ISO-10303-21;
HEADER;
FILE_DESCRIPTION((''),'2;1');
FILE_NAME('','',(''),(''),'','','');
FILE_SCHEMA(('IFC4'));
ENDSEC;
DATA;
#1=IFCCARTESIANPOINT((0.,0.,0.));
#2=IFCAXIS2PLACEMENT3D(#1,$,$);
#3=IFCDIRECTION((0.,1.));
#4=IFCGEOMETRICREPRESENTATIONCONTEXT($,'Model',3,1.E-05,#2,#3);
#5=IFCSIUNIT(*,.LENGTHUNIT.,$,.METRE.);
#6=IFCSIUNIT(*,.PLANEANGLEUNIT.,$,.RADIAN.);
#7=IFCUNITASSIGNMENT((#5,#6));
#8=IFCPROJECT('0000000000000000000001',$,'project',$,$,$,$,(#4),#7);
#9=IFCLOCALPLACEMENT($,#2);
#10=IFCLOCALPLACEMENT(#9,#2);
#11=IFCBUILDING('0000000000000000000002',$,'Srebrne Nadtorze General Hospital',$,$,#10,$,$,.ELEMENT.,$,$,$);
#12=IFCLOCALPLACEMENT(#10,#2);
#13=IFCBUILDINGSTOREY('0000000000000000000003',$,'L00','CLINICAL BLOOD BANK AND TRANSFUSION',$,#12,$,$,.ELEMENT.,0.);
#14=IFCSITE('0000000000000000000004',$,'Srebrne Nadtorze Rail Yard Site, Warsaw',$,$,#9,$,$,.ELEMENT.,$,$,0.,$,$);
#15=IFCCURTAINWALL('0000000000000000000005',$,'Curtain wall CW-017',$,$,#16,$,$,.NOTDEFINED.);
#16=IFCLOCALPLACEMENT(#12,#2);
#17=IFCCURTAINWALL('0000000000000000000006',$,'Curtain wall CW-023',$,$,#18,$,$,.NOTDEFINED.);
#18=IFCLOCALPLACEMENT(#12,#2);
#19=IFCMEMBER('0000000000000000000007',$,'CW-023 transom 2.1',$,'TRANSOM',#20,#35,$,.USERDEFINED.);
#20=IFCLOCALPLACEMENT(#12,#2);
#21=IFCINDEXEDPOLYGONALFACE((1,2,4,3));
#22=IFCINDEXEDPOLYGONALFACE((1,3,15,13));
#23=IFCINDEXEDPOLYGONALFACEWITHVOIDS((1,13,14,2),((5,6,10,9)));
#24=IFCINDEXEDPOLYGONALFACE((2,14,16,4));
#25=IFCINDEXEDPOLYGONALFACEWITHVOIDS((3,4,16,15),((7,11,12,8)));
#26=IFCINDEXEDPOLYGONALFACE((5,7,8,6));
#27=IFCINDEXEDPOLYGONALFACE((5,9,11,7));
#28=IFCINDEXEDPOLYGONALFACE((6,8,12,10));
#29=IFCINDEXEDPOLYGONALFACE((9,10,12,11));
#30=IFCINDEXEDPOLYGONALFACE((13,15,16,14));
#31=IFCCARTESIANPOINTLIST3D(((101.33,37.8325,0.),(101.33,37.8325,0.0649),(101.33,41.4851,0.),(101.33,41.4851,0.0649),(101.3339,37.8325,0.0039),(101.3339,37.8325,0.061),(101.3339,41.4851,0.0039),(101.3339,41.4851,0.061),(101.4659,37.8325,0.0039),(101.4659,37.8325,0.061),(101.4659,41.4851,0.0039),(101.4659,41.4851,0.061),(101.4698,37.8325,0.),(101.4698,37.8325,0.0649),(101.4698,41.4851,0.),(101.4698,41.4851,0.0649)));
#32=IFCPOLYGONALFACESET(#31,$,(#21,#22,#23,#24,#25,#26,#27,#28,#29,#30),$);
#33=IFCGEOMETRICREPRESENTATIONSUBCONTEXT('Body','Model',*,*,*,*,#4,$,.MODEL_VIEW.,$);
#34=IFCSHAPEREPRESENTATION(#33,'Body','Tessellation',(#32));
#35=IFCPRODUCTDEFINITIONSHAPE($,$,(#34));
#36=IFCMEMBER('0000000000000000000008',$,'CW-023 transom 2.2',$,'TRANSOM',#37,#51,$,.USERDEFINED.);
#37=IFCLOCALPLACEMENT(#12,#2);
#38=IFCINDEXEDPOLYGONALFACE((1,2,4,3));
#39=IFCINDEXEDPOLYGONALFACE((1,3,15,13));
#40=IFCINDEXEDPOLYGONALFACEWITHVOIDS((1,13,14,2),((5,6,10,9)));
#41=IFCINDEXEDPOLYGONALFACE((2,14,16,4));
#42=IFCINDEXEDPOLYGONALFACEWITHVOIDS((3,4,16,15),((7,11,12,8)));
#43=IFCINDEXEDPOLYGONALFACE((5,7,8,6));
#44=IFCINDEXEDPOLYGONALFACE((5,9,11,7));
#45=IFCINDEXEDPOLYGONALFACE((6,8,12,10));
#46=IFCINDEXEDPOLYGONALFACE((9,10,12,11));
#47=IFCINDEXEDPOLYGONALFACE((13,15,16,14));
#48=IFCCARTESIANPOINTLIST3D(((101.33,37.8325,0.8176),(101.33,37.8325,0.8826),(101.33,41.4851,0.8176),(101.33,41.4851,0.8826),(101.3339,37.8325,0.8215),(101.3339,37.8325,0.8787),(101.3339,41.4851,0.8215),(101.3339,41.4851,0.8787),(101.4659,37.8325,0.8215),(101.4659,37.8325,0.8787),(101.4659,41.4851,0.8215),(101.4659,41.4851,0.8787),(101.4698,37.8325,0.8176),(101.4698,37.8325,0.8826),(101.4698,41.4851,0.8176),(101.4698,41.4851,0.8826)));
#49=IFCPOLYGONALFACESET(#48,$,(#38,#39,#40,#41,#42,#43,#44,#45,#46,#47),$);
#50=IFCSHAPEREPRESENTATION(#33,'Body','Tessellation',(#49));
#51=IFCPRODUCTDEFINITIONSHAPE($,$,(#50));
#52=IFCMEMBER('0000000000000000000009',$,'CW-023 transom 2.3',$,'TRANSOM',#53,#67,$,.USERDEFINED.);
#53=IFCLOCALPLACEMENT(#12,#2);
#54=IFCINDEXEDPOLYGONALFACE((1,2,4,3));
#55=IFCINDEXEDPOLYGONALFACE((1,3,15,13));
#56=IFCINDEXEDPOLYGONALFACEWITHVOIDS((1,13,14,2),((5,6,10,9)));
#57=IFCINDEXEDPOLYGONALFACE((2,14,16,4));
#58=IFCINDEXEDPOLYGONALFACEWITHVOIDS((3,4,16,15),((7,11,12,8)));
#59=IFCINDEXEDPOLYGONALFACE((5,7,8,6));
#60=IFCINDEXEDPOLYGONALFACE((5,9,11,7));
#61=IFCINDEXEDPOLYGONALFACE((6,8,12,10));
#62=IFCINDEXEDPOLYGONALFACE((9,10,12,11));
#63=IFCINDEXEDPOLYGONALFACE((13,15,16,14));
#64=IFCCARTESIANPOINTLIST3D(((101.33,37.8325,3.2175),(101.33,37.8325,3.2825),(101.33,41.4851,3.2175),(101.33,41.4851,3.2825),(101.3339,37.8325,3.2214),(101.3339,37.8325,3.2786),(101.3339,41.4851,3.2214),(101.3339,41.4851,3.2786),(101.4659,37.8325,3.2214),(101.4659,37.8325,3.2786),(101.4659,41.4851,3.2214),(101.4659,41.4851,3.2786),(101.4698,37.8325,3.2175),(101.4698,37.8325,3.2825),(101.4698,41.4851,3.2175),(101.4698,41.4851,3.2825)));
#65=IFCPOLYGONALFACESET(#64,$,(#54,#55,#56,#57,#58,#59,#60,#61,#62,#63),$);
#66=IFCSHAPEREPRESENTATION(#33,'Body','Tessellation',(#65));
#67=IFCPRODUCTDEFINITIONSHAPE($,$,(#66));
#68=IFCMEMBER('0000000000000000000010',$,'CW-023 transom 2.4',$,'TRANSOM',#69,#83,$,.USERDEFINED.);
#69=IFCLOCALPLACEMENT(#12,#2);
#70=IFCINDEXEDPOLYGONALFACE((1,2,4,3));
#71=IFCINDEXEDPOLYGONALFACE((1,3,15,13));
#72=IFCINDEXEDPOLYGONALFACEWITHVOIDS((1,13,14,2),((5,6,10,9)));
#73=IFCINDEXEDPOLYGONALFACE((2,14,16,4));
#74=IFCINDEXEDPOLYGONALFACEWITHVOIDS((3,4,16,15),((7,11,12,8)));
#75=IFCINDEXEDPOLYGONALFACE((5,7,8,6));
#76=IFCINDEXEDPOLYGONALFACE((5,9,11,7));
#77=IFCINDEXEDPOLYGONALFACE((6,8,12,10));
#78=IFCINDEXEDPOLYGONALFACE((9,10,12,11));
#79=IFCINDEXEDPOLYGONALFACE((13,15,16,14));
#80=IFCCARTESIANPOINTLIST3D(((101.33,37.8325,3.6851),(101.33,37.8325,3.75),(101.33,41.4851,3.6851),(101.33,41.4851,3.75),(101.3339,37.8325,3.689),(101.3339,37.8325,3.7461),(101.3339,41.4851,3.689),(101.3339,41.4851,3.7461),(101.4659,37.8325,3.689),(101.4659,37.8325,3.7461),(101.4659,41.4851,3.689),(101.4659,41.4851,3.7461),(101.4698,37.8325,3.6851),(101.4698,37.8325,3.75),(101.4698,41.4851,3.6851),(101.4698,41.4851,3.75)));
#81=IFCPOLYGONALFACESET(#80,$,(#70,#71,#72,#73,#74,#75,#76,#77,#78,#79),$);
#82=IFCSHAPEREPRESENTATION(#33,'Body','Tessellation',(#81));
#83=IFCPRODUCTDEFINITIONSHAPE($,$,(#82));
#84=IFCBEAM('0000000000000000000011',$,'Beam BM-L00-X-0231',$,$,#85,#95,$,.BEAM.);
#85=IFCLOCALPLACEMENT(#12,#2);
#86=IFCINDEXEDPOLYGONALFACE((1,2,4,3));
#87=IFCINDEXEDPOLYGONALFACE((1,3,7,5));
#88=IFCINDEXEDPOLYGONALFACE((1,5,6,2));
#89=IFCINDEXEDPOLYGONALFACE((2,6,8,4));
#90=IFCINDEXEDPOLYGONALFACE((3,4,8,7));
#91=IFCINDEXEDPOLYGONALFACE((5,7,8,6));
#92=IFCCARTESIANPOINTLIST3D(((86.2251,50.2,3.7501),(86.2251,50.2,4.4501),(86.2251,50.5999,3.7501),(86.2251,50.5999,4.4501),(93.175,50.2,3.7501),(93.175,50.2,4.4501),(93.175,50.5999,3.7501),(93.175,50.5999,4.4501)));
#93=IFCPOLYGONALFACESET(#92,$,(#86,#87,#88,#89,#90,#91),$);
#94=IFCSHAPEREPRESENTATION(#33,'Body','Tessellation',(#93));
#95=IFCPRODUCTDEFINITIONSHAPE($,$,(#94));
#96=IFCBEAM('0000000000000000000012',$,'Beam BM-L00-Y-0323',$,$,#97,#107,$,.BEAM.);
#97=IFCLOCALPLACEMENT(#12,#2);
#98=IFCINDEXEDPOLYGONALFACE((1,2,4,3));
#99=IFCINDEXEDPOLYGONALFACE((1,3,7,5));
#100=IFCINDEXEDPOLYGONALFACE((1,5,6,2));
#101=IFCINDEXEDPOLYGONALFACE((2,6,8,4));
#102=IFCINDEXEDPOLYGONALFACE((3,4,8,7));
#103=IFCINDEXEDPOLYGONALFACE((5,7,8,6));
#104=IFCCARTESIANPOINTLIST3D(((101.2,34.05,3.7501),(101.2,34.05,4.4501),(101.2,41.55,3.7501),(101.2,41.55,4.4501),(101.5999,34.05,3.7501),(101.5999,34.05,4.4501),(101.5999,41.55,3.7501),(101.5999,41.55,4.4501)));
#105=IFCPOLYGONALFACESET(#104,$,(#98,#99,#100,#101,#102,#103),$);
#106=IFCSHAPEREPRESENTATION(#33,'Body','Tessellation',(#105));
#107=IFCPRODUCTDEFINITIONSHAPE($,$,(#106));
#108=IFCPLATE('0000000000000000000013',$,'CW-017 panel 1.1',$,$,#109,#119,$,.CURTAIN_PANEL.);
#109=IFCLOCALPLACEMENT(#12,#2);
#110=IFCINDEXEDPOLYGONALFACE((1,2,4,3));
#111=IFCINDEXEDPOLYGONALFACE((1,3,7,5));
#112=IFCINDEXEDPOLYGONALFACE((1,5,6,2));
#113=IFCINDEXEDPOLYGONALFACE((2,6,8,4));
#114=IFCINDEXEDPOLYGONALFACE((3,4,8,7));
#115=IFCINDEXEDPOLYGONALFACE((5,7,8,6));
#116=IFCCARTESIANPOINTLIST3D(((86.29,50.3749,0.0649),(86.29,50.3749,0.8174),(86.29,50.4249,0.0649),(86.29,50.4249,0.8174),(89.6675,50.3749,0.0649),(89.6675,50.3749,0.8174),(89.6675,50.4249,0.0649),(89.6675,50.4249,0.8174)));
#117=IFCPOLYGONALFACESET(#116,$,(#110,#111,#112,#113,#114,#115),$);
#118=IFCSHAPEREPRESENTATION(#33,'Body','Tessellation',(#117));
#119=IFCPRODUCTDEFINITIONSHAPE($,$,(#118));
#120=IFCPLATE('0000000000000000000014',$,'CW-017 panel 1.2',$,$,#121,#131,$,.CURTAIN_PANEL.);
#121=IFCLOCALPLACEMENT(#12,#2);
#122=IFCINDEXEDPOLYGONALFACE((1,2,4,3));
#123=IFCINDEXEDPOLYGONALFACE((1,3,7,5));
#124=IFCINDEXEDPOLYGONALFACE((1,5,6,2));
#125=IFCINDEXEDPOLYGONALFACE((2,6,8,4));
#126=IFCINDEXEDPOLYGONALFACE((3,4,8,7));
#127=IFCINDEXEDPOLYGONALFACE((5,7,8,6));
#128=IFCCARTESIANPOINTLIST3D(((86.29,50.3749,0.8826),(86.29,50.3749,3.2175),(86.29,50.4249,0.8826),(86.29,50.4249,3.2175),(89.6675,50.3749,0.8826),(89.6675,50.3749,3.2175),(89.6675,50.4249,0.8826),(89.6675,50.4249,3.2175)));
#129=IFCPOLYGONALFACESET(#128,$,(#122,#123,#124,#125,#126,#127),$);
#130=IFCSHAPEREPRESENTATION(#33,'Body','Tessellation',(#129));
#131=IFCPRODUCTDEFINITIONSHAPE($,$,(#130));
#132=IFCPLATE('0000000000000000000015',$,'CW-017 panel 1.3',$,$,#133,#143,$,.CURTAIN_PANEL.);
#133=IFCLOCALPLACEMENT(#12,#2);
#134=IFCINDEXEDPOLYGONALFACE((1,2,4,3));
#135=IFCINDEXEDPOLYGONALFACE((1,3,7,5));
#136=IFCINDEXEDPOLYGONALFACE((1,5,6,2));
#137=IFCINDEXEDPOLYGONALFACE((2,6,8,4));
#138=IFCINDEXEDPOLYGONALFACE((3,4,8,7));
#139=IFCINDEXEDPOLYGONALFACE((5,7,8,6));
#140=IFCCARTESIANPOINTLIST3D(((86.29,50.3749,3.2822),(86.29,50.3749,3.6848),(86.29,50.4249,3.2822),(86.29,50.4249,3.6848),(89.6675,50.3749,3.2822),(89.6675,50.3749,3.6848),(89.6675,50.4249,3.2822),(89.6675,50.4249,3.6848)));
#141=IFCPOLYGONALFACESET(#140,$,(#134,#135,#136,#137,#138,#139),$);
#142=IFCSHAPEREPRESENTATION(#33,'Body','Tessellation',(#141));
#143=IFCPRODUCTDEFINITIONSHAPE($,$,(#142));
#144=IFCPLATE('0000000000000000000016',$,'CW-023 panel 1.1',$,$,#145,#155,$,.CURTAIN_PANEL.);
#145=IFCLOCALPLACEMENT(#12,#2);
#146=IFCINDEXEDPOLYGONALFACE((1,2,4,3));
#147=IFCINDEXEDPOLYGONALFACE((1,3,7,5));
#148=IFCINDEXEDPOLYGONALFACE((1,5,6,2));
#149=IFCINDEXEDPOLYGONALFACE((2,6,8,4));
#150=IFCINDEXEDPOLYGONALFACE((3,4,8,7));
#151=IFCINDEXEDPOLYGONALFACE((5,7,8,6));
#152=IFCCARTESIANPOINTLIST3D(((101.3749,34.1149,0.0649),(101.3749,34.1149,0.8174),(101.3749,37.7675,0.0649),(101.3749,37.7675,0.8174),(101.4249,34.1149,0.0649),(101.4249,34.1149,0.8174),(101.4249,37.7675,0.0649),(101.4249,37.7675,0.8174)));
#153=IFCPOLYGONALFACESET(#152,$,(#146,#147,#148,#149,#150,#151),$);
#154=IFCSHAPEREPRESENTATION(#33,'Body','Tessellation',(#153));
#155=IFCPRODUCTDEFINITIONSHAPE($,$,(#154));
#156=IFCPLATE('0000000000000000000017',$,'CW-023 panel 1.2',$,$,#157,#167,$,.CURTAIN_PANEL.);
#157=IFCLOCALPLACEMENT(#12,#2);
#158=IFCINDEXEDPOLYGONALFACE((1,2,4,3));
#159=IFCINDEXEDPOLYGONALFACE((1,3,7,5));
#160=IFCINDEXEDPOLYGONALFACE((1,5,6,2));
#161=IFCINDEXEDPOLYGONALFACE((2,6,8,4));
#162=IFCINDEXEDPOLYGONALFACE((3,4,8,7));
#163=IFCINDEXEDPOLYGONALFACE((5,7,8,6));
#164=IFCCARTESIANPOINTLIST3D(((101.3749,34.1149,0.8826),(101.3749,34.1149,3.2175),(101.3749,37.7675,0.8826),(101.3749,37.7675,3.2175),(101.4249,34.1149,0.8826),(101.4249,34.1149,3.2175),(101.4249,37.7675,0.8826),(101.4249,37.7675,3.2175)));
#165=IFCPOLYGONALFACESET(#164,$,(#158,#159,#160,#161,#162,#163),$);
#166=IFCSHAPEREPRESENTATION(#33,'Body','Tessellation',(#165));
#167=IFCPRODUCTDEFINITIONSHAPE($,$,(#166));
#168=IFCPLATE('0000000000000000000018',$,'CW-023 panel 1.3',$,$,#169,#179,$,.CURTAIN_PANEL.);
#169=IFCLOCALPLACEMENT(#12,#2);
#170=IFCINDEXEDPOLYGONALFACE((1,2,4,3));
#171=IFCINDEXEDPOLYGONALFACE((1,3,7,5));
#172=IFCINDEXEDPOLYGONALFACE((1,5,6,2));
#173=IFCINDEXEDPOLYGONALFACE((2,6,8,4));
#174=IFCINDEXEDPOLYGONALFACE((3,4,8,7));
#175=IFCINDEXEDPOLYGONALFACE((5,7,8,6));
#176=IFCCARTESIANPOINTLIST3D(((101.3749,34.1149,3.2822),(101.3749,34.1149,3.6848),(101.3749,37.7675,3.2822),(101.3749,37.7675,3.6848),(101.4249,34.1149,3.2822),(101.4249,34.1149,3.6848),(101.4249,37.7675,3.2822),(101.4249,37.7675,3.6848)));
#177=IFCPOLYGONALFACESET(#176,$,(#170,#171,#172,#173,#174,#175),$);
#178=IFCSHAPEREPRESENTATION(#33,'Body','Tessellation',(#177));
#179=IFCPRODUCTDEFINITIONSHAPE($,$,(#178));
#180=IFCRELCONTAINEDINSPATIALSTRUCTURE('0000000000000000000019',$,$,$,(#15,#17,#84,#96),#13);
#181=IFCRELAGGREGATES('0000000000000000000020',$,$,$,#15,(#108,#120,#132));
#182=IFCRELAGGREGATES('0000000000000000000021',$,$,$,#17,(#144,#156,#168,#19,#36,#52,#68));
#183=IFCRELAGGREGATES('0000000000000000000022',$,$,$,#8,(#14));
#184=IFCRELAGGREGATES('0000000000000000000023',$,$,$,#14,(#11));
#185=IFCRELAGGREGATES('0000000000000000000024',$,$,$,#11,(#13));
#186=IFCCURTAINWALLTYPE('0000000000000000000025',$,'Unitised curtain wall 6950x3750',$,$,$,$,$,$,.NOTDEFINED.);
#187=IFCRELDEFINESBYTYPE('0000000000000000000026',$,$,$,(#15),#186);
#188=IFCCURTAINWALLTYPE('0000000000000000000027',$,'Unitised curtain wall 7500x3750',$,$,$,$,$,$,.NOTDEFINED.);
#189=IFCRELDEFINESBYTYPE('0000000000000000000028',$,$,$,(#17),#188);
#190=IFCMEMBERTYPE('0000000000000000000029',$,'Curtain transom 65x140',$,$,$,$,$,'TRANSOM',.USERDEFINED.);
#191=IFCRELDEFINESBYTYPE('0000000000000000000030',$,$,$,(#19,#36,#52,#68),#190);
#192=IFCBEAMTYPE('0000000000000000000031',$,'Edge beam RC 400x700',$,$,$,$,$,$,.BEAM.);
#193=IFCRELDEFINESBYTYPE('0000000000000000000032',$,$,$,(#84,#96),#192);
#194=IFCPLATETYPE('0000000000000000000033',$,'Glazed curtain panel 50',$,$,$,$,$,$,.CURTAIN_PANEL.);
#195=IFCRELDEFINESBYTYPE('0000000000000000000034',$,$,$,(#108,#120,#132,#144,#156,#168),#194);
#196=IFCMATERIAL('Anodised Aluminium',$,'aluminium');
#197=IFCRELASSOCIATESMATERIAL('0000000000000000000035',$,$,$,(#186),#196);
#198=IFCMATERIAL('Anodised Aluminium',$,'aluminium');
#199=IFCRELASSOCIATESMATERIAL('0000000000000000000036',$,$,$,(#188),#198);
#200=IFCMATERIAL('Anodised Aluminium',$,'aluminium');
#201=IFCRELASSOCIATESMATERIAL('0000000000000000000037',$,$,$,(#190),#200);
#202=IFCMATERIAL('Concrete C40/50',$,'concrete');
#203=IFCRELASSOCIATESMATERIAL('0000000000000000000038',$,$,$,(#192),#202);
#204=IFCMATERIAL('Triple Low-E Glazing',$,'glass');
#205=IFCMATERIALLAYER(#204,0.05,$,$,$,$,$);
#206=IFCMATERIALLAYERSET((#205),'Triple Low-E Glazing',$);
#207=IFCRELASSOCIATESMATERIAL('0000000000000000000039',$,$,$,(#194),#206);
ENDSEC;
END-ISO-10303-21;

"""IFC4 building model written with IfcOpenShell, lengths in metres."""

from ifc_helpers import new_model, si_unit, direction, frame, origin, origin_2d, place, context, subcontext, project, spatial, rectangle, hollow_rectangle, extrude, material, layer, layer_set, material_profile, profile_set, type_object, element, aggregate, save


model = new_model("IFC4")

# Units and contexts
model_context = context("Model", 3, precision=1e-05, world=origin(), true_north=direction((0.0, 1.0)))
body_context = subcontext(model_context, "Body", "Model", "MODEL_VIEW")
ifc_project = project(units=[si_unit("LENGTHUNIT", "METRE"), si_unit("PLANEANGLEUNIT", "RADIAN")], contexts=[model_context])

# Site, building, storey
site_placement = place(None, origin())
site = spatial("IfcSite", under=ifc_project, at=site_placement, Name="Srebrne Nadtorze Rail Yard Site, Warsaw", CompositionType="ELEMENT", RefElevation=0.0)
building_placement = place(site_placement, origin())
building = spatial("IfcBuilding", under=site, at=building_placement, Name="Srebrne Nadtorze General Hospital", CompositionType="ELEMENT")
storey_placement = place(building_placement, origin())
storey = spatial("IfcBuildingStorey", under=building, at=storey_placement, Name="L00", Description="CLINICAL BLOOD BANK AND TRANSFUSION", CompositionType="ELEMENT", Elevation=0.0)

# Curtain wall
ifc_material_1 = material(Name="Anodised Aluminium", Category="aluminium")
curtain_wall_type_1 = type_object("IfcCurtainWallType", Name="Unitised curtain wall 6950x3750", PredefinedType="NOTDEFINED", material=ifc_material_1)
curtain_wall_1_placement = place(storey_placement, origin())
curtain_wall_1 = element("IfcCurtainWall", 1, at=curtain_wall_1_placement, inside=storey, type_object=curtain_wall_type_1, Name="Curtain wall CW-017", PredefinedType="NOTDEFINED")

# Curtain wall
ifc_material_2 = material(Name="Anodised Aluminium", Category="aluminium")
curtain_wall_type_2 = type_object("IfcCurtainWallType", Name="Unitised curtain wall 7500x3750", PredefinedType="NOTDEFINED", material=ifc_material_2)
curtain_wall_2_placement = place(storey_placement, origin())
curtain_wall_2 = element("IfcCurtainWall", 2, at=curtain_wall_2_placement, inside=storey, type_object=curtain_wall_type_2, Name="Curtain wall CW-023", PredefinedType="NOTDEFINED")

# Members
ifc_material_3 = material(Name="Anodised Aluminium", Category="aluminium")
ifc_material_profile_1 = material_profile(ifc_material_3, hollow_rectangle(XDim=0.0649, YDim=0.1399, WallThickness=0.0039, at=origin_2d()), Name="AL-TRN-65x140")
ifc_profile_set_1 = profile_set([ifc_material_profile_1], Name="Anodised Aluminium")
member_type_1 = type_object("IfcMemberType", Name="Curtain transom 65x140", ElementType="TRANSOM", PredefinedType="USERDEFINED", material=ifc_profile_set_1)
member_1_placement = place(storey_placement, frame((101.3999, 37.8325, 0.0325), z_axis=(0.0, 1.0, 0.0), x_axis=(0.0, 0.0, 1.0)))
member_1 = element("IfcMember", 3, at=member_1_placement, type_object=member_type_1, Name="CW-023 transom 2.1", ObjectType="TRANSOM", PredefinedType="USERDEFINED", context=body_context, shape_type="SweptSolid", body=[
    extrude(hollow_rectangle(XDim=0.0649, YDim=0.1399, WallThickness=0.0039, at=origin_2d()), origin(), (0.0, 0.0, 1.0), 3.6526),
])
member_2_placement = place(storey_placement, frame((101.3999, 37.8325, 0.8501), z_axis=(0.0, 1.0, 0.0), x_axis=(0.0, 0.0, 1.0)))
member_2 = element("IfcMember", 4, at=member_2_placement, type_object=member_type_1, Name="CW-023 transom 2.2", ObjectType="TRANSOM", PredefinedType="USERDEFINED", context=body_context, shape_type="SweptSolid", body=[
    extrude(hollow_rectangle(XDim=0.0649, YDim=0.1399, WallThickness=0.0039, at=origin_2d()), origin(), (0.0, 0.0, 1.0), 3.6526),
])
member_3_placement = place(storey_placement, frame((101.3999, 37.8325, 3.25), z_axis=(0.0, 1.0, 0.0), x_axis=(0.0, 0.0, 1.0)))
member_3 = element("IfcMember", 5, at=member_3_placement, type_object=member_type_1, Name="CW-023 transom 2.3", ObjectType="TRANSOM", PredefinedType="USERDEFINED", context=body_context, shape_type="SweptSolid", body=[
    extrude(hollow_rectangle(XDim=0.0649, YDim=0.1399, WallThickness=0.0039, at=origin_2d()), origin(), (0.0, 0.0, 1.0), 3.6526),
])
member_4_placement = place(storey_placement, frame((101.3999, 37.8325, 3.7175), z_axis=(0.0, 1.0, 0.0), x_axis=(0.0, 0.0, 1.0)))
member_4 = element("IfcMember", 6, at=member_4_placement, type_object=member_type_1, Name="CW-023 transom 2.4", ObjectType="TRANSOM", PredefinedType="USERDEFINED", context=body_context, shape_type="SweptSolid", body=[
    extrude(hollow_rectangle(XDim=0.0649, YDim=0.1399, WallThickness=0.0039, at=origin_2d()), origin(), (0.0, 0.0, 1.0), 3.6526),
])

# Beams
ifc_material_4 = material(Name="Concrete C40/50", Category="concrete")
ifc_material_profile_2 = material_profile(ifc_material_4, rectangle(XDim=0.3999, YDim=0.7, at=origin_2d()), Name="RC-BM-400x700")
ifc_profile_set_2 = profile_set([ifc_material_profile_2], Name="Concrete C40/50")
beam_type = type_object("IfcBeamType", Name="Edge beam RC 400x700", PredefinedType="BEAM", material=ifc_profile_set_2)
beam_1_placement = place(storey_placement, frame((86.2251, 50.3999, 4.1001), z_axis=(1.0, 0.0, 0.0), x_axis=(0.0, 1.0, 0.0)))
element("IfcBeam", 7, at=beam_1_placement, inside=storey, type_object=beam_type, Name="Beam BM-L00-X-0231", PredefinedType="BEAM", context=body_context, shape_type="SweptSolid", body=[
    extrude(rectangle(XDim=0.3999, YDim=0.7, at=origin_2d()), origin(), (0.0, 0.0, 1.0), 6.95),
])
beam_2_placement = place(storey_placement, frame((101.3999, 34.05, 4.1001), z_axis=(0.0, 1.0, 0.0), x_axis=(-1.0, 0.0, 0.0)))
element("IfcBeam", 8, at=beam_2_placement, inside=storey, type_object=beam_type, Name="Beam BM-L00-Y-0323", PredefinedType="BEAM", context=body_context, shape_type="SweptSolid", body=[
    extrude(rectangle(XDim=0.3999, YDim=0.7, at=origin_2d()), origin(), (0.0, 0.0, 1.0), 7.5),
])

# Plates
ifc_material_5 = material(Name="Triple Low-E Glazing", Category="glass")
ifc_layer = layer(ifc_material_5, 0.05)
ifc_layer_set = layer_set([ifc_layer], Name="Triple Low-E Glazing")
plate_type = type_object("IfcPlateType", Name="Glazed curtain panel 50", PredefinedType="CURTAIN_PANEL", material=ifc_layer_set)
plate_1_placement = place(storey_placement, frame((87.9788, 50.3999, 0.0649), z_axis=(0.0, 0.0, 1.0), x_axis=(1.0, 0.0, 0.0)))
plate_1 = element("IfcPlate", 9, at=plate_1_placement, type_object=plate_type, Name="CW-017 panel 1.1", PredefinedType="CURTAIN_PANEL", context=body_context, shape_type="SweptSolid", body=[
    extrude(rectangle(XDim=3.3774, YDim=0.05, at=origin_2d()), origin(), (0.0, 0.0, 1.0), 0.7524),
])
plate_2_placement = place(storey_placement, frame((87.9788, 50.3999, 0.8826), z_axis=(0.0, 0.0, 1.0), x_axis=(1.0, 0.0, 0.0)))
plate_2 = element("IfcPlate", 10, at=plate_2_placement, type_object=plate_type, Name="CW-017 panel 1.2", PredefinedType="CURTAIN_PANEL", context=body_context, shape_type="SweptSolid", body=[
    extrude(rectangle(XDim=3.3774, YDim=0.05, at=origin_2d()), origin(), (0.0, 0.0, 1.0), 2.335),
])
plate_3_placement = place(storey_placement, frame((87.9788, 50.3999, 3.2822), z_axis=(0.0, 0.0, 1.0), x_axis=(1.0, 0.0, 0.0)))
plate_3 = element("IfcPlate", 11, at=plate_3_placement, type_object=plate_type, Name="CW-017 panel 1.3", PredefinedType="CURTAIN_PANEL", context=body_context, shape_type="SweptSolid", body=[
    extrude(rectangle(XDim=3.3774, YDim=0.05, at=origin_2d()), origin(), (0.0, 0.0, 1.0), 0.4026),
])
aggregate(curtain_wall_1, [plate_1, plate_2, plate_3])
plate_4_placement = place(storey_placement, frame((101.3999, 35.9412, 0.0649), z_axis=(0.0, 0.0, 1.0), x_axis=(0.0, 1.0, 0.0)))
plate_4 = element("IfcPlate", 12, at=plate_4_placement, type_object=plate_type, Name="CW-023 panel 1.1", PredefinedType="CURTAIN_PANEL", context=body_context, shape_type="SweptSolid", body=[
    extrude(rectangle(XDim=3.6526, YDim=0.05, at=origin_2d()), origin(), (0.0, 0.0, 1.0), 0.7524),
])
plate_5_placement = place(storey_placement, frame((101.3999, 35.9412, 0.8826), z_axis=(0.0, 0.0, 1.0), x_axis=(0.0, 1.0, 0.0)))
plate_5 = element("IfcPlate", 13, at=plate_5_placement, type_object=plate_type, Name="CW-023 panel 1.2", PredefinedType="CURTAIN_PANEL", context=body_context, shape_type="SweptSolid", body=[
    extrude(rectangle(XDim=3.6526, YDim=0.05, at=origin_2d()), origin(), (0.0, 0.0, 1.0), 2.335),
])
plate_6_placement = place(storey_placement, frame((101.3999, 35.9412, 3.2822), z_axis=(0.0, 0.0, 1.0), x_axis=(0.0, 1.0, 0.0)))
plate_6 = element("IfcPlate", 14, at=plate_6_placement, type_object=plate_type, Name="CW-023 panel 1.3", PredefinedType="CURTAIN_PANEL", context=body_context, shape_type="SweptSolid", body=[
    extrude(rectangle(XDim=3.6526, YDim=0.05, at=origin_2d()), origin(), (0.0, 0.0, 1.0), 0.4026),
])
aggregate(curtain_wall_2, [plate_4, plate_5, plate_6, member_1, member_2, member_3, member_4])

save(model, "model.ifc")
